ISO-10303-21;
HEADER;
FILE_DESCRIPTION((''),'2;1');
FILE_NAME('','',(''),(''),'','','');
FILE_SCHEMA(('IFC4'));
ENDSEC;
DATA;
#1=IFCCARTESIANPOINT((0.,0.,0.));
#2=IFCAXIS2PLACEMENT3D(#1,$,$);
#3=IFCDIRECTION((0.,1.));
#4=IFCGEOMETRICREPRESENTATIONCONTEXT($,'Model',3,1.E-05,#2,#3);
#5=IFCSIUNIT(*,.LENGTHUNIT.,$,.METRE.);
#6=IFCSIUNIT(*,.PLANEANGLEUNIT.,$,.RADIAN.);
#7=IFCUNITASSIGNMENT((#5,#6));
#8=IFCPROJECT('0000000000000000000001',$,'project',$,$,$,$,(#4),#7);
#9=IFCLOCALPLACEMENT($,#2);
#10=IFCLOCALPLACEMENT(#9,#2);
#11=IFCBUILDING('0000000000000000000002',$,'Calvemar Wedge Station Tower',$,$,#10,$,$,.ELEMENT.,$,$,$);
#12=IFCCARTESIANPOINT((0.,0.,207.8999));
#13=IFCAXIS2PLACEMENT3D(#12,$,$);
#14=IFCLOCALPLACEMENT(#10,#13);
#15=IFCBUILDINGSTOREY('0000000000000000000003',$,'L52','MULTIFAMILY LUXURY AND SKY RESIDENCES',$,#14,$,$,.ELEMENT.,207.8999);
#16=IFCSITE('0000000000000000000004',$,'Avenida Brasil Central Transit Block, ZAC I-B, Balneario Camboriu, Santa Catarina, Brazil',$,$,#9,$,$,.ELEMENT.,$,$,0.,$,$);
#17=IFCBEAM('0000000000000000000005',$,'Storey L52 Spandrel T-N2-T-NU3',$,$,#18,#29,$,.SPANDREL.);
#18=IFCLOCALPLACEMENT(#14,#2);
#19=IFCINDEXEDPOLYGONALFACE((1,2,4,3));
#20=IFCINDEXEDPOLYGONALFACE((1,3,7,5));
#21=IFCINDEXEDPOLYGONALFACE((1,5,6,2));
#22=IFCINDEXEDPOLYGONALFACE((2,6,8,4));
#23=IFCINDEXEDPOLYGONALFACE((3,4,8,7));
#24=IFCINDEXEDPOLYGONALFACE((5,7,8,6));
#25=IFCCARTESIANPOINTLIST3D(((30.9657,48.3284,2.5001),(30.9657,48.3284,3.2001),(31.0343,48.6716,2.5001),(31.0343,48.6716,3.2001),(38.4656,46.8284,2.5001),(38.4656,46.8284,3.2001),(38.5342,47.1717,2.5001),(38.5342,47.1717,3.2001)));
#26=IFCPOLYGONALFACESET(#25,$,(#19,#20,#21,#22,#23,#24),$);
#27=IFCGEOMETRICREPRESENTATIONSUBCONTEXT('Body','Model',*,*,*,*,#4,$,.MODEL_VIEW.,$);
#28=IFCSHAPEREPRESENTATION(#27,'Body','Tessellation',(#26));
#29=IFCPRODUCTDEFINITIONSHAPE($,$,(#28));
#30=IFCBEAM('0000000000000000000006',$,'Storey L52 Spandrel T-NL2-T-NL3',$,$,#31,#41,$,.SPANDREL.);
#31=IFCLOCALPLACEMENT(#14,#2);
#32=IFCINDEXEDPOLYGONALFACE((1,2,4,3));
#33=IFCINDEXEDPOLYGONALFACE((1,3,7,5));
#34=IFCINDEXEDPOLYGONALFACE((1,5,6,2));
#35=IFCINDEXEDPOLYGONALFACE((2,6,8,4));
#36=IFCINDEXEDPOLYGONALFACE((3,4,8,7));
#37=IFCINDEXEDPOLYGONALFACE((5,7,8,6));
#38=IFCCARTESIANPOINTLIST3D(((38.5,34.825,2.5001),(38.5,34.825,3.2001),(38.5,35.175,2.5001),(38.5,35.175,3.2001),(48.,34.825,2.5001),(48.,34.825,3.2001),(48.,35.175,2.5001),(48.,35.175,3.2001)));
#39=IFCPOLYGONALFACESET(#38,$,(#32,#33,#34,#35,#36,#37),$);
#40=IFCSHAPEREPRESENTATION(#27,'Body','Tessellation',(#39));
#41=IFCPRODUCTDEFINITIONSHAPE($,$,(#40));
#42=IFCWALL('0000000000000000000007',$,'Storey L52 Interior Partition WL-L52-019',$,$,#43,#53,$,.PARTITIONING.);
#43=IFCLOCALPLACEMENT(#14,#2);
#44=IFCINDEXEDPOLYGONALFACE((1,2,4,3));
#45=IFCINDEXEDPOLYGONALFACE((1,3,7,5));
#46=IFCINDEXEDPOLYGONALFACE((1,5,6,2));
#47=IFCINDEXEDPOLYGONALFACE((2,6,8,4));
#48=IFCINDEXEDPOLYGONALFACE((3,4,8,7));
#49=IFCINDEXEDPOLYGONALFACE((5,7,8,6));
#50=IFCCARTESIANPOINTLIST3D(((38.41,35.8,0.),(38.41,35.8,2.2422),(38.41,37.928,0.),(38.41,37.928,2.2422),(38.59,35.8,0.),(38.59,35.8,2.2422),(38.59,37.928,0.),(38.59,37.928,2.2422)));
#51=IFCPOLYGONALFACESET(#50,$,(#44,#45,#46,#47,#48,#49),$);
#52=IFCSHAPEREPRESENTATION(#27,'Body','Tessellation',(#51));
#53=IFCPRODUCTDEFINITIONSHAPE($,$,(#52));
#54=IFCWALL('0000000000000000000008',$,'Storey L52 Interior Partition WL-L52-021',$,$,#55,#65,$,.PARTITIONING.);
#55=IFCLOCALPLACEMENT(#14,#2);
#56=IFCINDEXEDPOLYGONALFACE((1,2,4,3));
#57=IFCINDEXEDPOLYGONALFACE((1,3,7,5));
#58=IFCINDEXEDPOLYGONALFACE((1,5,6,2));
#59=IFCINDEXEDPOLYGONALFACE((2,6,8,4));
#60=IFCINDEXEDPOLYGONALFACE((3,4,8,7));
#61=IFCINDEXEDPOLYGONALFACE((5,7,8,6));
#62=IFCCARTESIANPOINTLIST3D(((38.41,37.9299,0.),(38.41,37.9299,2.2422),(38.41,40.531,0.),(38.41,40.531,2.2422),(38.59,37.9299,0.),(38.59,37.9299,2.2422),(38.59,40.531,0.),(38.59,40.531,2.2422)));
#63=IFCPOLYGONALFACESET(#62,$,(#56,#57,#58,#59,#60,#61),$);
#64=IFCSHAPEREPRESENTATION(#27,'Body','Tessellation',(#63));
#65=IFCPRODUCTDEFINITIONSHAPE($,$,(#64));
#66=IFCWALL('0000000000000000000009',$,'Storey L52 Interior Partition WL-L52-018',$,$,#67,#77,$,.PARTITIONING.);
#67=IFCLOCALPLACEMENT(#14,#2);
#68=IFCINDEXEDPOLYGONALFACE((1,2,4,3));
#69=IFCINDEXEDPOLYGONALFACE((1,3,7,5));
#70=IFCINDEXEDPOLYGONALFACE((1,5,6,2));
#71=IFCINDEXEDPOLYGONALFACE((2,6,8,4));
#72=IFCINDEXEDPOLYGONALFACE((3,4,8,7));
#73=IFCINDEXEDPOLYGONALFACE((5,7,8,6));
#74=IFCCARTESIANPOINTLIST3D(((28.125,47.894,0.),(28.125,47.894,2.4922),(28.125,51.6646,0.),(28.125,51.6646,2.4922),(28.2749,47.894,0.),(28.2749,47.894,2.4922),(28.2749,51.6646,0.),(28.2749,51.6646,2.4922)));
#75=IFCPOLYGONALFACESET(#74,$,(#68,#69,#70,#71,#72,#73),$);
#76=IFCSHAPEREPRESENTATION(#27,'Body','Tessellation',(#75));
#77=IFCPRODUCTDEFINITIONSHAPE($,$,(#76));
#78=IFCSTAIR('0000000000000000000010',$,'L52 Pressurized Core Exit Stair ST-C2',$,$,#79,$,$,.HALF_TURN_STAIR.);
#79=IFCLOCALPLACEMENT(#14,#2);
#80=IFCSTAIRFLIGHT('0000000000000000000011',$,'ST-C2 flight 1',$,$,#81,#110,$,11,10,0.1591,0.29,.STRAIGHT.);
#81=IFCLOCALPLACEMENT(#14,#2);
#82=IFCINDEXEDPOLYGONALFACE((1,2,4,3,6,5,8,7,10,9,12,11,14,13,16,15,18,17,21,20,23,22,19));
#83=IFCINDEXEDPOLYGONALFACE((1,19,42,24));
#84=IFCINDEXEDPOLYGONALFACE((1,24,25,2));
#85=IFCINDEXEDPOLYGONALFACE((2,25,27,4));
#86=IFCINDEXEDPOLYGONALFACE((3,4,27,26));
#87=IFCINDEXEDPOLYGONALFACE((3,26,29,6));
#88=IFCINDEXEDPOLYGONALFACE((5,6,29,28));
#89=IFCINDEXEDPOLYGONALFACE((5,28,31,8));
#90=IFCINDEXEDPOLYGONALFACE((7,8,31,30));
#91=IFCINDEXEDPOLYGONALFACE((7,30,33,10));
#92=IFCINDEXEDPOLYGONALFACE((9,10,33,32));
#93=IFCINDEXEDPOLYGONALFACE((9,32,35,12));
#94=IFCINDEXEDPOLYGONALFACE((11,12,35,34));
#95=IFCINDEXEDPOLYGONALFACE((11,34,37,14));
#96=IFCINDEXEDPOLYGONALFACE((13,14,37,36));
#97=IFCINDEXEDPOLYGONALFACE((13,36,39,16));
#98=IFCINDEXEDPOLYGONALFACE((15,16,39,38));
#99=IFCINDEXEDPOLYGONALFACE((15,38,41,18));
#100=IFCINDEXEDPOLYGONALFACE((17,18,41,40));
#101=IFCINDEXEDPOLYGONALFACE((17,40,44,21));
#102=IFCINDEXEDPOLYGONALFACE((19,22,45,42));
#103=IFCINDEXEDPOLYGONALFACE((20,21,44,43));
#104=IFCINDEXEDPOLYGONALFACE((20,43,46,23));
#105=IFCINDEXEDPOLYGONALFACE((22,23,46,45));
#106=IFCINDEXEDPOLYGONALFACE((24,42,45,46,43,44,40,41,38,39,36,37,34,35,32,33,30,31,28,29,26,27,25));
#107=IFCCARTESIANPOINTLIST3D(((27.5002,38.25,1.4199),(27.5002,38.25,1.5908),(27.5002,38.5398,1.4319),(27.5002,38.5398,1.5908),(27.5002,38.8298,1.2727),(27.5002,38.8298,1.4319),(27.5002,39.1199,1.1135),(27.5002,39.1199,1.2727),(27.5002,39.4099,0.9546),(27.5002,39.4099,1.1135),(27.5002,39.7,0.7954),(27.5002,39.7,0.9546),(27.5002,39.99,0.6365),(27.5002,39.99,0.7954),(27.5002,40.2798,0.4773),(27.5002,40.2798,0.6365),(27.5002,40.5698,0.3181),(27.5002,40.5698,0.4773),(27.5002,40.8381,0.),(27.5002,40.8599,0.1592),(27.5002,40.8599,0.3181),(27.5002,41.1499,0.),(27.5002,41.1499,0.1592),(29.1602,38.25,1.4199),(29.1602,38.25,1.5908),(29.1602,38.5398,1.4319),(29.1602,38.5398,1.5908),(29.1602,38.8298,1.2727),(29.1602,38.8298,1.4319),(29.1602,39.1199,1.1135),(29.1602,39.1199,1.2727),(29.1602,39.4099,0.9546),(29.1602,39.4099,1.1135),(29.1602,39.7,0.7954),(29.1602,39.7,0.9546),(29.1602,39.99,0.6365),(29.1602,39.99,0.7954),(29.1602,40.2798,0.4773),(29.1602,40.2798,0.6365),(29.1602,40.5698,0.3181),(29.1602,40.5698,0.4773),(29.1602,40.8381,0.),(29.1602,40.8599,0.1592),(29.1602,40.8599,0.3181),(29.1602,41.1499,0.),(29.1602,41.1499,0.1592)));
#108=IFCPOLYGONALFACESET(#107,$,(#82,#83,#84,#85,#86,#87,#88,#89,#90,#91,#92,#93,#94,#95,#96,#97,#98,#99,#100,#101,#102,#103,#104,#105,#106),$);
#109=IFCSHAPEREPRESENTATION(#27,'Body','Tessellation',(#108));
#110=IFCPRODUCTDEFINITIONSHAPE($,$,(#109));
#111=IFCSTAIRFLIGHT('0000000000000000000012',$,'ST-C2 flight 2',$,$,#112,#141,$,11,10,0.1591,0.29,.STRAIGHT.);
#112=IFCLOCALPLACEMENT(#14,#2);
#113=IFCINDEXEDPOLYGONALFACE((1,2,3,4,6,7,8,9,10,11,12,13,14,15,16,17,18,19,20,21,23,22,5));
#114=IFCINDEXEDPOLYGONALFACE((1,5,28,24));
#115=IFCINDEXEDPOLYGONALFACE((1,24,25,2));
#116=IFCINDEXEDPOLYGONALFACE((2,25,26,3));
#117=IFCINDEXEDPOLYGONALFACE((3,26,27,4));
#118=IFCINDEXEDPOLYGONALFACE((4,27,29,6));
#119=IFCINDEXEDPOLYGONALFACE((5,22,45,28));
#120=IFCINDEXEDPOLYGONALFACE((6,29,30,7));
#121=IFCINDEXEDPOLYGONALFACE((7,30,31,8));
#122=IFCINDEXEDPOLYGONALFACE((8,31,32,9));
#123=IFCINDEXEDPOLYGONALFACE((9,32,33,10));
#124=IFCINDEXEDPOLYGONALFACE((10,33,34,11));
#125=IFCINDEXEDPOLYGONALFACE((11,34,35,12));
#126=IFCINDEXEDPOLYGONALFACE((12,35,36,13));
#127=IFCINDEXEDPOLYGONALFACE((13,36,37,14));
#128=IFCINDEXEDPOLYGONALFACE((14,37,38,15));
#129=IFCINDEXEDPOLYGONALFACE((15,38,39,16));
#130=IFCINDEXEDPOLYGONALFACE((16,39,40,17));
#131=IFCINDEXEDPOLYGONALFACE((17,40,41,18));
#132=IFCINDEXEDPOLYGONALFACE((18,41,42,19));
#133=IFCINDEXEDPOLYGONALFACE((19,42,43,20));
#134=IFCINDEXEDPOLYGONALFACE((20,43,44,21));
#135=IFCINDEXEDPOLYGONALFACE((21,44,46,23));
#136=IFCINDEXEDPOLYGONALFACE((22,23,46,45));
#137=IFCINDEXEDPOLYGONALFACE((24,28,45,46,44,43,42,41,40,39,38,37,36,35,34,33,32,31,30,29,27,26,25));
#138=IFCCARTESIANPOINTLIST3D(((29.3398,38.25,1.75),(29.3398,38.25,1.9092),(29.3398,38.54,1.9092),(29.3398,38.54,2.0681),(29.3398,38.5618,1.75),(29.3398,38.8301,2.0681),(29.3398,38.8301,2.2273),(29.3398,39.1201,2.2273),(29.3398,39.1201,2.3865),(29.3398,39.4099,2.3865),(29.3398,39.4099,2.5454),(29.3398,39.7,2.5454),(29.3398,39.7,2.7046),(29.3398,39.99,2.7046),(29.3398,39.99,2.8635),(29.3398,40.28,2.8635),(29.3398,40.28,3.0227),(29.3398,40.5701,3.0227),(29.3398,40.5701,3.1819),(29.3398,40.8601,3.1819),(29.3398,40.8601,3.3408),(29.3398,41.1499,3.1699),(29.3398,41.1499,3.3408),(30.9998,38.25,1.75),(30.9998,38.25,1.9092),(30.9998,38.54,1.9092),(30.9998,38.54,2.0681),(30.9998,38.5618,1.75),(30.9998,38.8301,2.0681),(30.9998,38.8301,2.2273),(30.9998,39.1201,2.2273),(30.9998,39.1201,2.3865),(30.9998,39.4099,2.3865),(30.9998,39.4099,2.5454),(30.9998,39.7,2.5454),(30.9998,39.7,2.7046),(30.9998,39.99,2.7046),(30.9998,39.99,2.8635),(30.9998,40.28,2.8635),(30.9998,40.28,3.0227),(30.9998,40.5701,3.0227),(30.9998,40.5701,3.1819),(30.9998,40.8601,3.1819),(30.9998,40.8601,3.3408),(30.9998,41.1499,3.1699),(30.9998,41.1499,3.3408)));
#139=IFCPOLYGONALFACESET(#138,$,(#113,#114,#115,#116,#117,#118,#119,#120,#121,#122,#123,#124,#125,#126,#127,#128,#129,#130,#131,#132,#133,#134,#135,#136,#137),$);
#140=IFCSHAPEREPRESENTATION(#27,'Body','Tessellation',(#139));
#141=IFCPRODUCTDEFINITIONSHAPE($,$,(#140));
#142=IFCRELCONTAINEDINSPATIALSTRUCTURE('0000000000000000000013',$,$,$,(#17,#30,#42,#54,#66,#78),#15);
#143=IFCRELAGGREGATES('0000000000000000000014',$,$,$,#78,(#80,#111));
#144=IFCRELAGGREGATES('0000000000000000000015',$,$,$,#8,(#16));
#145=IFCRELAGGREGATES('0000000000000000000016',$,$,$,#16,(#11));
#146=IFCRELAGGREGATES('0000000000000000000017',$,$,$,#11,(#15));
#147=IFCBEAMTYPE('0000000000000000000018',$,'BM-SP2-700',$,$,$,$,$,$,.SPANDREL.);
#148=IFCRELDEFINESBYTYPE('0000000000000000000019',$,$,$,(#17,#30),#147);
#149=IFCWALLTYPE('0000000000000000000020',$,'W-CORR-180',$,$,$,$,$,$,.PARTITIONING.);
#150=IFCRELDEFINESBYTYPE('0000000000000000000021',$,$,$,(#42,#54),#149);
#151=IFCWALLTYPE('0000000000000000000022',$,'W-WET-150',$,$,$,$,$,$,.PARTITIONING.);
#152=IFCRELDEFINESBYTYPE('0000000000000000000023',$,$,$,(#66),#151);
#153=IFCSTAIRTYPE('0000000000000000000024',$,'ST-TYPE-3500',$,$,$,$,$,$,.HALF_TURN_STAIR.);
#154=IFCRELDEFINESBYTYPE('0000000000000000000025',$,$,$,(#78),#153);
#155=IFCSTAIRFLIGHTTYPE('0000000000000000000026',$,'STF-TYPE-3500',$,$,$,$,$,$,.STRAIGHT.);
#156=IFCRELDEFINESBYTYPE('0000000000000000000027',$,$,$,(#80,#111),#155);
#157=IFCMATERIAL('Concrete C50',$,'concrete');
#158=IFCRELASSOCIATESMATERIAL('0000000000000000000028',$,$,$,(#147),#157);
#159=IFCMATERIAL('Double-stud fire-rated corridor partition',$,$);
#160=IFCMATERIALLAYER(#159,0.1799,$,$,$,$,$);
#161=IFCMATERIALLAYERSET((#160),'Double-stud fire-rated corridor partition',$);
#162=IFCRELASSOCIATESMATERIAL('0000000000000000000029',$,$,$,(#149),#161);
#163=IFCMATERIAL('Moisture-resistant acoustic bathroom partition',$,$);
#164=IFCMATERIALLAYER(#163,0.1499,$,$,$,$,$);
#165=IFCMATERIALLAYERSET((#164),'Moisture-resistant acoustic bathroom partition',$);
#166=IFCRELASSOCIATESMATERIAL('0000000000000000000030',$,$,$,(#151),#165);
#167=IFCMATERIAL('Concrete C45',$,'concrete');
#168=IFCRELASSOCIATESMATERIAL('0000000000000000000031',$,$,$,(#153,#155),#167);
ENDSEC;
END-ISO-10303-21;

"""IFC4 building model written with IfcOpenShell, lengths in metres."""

from ifc_helpers import new_model, si_unit, direction, frame, frame_2d, origin, origin_2d, place, context, subcontext, project, spatial, polyline, rectangle, outline, extrude, source, transform, mapped, material, layer, layer_set, material_profile, profile_set, type_object, element, aggregate, save


model = new_model("IFC4")

# Units and contexts
model_context = context("Model", 3, precision=1e-05, world=origin(), true_north=direction((0.0, 1.0)))
body_context = subcontext(model_context, "Body", "Model", "MODEL_VIEW")
ifc_project = project(units=[si_unit("LENGTHUNIT", "METRE"), si_unit("PLANEANGLEUNIT", "RADIAN")], contexts=[model_context])

# Site, building, storey
site_placement = place(None, origin())
site = spatial("IfcSite", under=ifc_project, at=site_placement, Name="Avenida Brasil Central Transit Block, ZAC I-B, Balneario Camboriu, Santa Catarina, Brazil", CompositionType="ELEMENT", RefElevation=0.0)
building_placement = place(site_placement, origin())
building = spatial("IfcBuilding", under=site, at=building_placement, Name="Calvemar Wedge Station Tower", CompositionType="ELEMENT")
storey_placement = place(building_placement, frame((0.0, 0.0, 207.8999)))
storey = spatial("IfcBuildingStorey", under=building, at=storey_placement, Name="L52", Description="MULTIFAMILY LUXURY AND SKY RESIDENCES", CompositionType="ELEMENT", Elevation=207.8999)

# Shared definitions
ifc_material_1 = material(Name="Concrete C50", Category="concrete")

# Beams
ifc_material_profile_1 = material_profile(ifc_material_1, rectangle(XDim=0.3501, YDim=0.7, at=origin_2d()), Name="RC350x700")
ifc_profile_set_1 = profile_set([ifc_material_profile_1], Name="Concrete C50")
beam_type_1 = type_object("IfcBeamType", Name="BM-SP2-700", PredefinedType="SPANDREL", material=ifc_profile_set_1)
shared_shape_1 = source(origin(), body_context, "Body", "SweptSolid", [
    extrude(rectangle(XDim=0.3501, YDim=0.7, at=origin_2d()), origin(), (0.0, 0.0, 1.0), 7.6484),
])
beam_1_placement = place(storey_placement, frame((31.0, 48.5, 2.8501), z_axis=(0.980581, -0.196116, 0.0), x_axis=(0.196116, 0.980581, 0.0)))
element("IfcBeam", 1, at=beam_1_placement, inside=storey, type_object=beam_type_1, Name="Storey L52 Spandrel T-N2-T-NU3", PredefinedType="SPANDREL", context=body_context, shape_type="MappedRepresentation", body=[
    mapped(shared_shape_1, transform((0.0, 0.0, 0.0), scale=1.0)),
])
shared_shape_2 = source(origin(), body_context, "Body", "SweptSolid", [
    extrude(rectangle(XDim=0.3501, YDim=0.7, at=origin_2d()), origin(), (0.0, 0.0, 1.0), 9.5),
])
beam_2_placement = place(storey_placement, frame((38.5, 35.0, 2.8501), z_axis=(1.0, 0.0, 0.0), x_axis=(0.0, 1.0, 0.0)))
element("IfcBeam", 2, at=beam_2_placement, inside=storey, type_object=beam_type_1, Name="Storey L52 Spandrel T-NL2-T-NL3", PredefinedType="SPANDREL", context=body_context, shape_type="MappedRepresentation", body=[
    mapped(shared_shape_2, transform((0.0, 0.0, 0.0), scale=1.0)),
])

# Shared definitions
ifc_material_2 = material(Name="Double-stud fire-rated corridor partition")
ifc_layer_1 = layer(ifc_material_2, 0.1799)
ifc_layer_set_1 = layer_set([ifc_layer_1], Name="Double-stud fire-rated corridor partition")
wall_type_1 = type_object("IfcWallType", Name="W-CORR-180", PredefinedType="PARTITIONING", material=ifc_layer_set_1)

# Walls
wall_1_placement = place(storey_placement, frame((38.5, 37.928, 0.0), z_axis=(0.0, 0.0, 1.0), x_axis=(0.0, -1.0, 0.0)))
element("IfcWall", 3, at=wall_1_placement, inside=storey, type_object=wall_type_1, Name="Storey L52 Interior Partition WL-L52-019", PredefinedType="PARTITIONING", context=body_context, shape_type="SweptSolid", body=[
    extrude(rectangle(XDim=2.1279, YDim=0.1799, at=frame_2d((1.064, 0.0))), origin(), (0.0, 0.0, 1.0), 2.2422),
])
wall_2_placement = place(storey_placement, frame((38.5, 40.531, 0.0), z_axis=(0.0, 0.0, 1.0), x_axis=(0.0, -1.0, 0.0)))
element("IfcWall", 4, at=wall_2_placement, inside=storey, type_object=wall_type_1, Name="Storey L52 Interior Partition WL-L52-021", PredefinedType="PARTITIONING", context=body_context, shape_type="SweptSolid", body=[
    extrude(rectangle(XDim=2.6011, YDim=0.1799, at=frame_2d((1.3005, 0.0))), origin(), (0.0, 0.0, 1.0), 2.2422),
])
ifc_material_3 = material(Name="Moisture-resistant acoustic bathroom partition")
ifc_layer_2 = layer(ifc_material_3, 0.1499)
ifc_layer_set_2 = layer_set([ifc_layer_2], Name="Moisture-resistant acoustic bathroom partition")
wall_type_2 = type_object("IfcWallType", Name="W-WET-150", PredefinedType="PARTITIONING", material=ifc_layer_set_2)
wall_3_placement = place(storey_placement, frame((28.2, 51.6646, 0.0), z_axis=(0.0, 0.0, 1.0), x_axis=(0.0, -1.0, 0.0)))
element("IfcWall", 5, at=wall_3_placement, inside=storey, type_object=wall_type_2, Name="Storey L52 Interior Partition WL-L52-018", PredefinedType="PARTITIONING", context=body_context, shape_type="SweptSolid", body=[
    extrude(rectangle(XDim=3.7705, YDim=0.1499, at=frame_2d((1.8853, 0.0))), origin(), (0.0, 0.0, 1.0), 2.4922),
])

# Stair, stair flights
ifc_material_4 = material(Name="Concrete C45", Category="concrete")
stair_type = type_object("IfcStairType", Name="ST-TYPE-3500", PredefinedType="HALF_TURN_STAIR", material=ifc_material_4)
stair_placement = place(storey_placement, origin())
stair = element("IfcStair", 6, at=stair_placement, inside=storey, type_object=stair_type, Name="L52 Pressurized Core Exit Stair ST-C2", PredefinedType="HALF_TURN_STAIR")
stair_flight_type = type_object("IfcStairFlightType", Name="STF-TYPE-3500", PredefinedType="STRAIGHT", material=ifc_material_4)
stair_flight_1_placement = place(storey_placement, frame((28.3301, 41.1499, 0.0), z_axis=(0.0, 0.0, 1.0), x_axis=(0.0, -1.0, 0.0)))
stair_flight_1 = element("IfcStairFlight", 7, at=stair_flight_1_placement, type_object=stair_flight_type, Name="ST-C2 flight 1", NumberOfRisers=11, NumberOfTreads=10, PredefinedType="STRAIGHT", RiserHeight=0.1591, TreadLength=0.29, context=body_context, shape_type="SweptSolid", body=[
    extrude(outline(polyline([(0.0, 0.0), (0.0, 0.1592), (0.29, 0.1592), (0.29, 0.3181), (0.5801, 0.3181), (0.5801, 0.4773), (0.8701, 0.4773), (0.8701, 0.6365), (1.1599, 0.6365), (1.1599, 0.7954), (1.45, 0.7954), (1.45, 0.9546), (1.74, 0.9546), (1.74, 1.1135), (2.03, 1.1135), (2.03, 1.2727), (2.3201, 1.2727), (2.3201, 1.4319), (2.6101, 1.4319), (2.6101, 1.5908), (2.8999, 1.5908), (2.8999, 1.75), (2.8999, 1.4199), (0.3118, 0.0), (0.0, 0.0)])), frame((0.0, 0.8301, 0.0), z_axis=(0.0, -1.0, 0.0), x_axis=(1.0, 0.0, 0.0)), (0.0, 0.0, 1.0), 1.6599),
])
stair_flight_2_placement = place(storey_placement, frame((30.1699, 38.25, 1.75), z_axis=(0.0, 0.0, 1.0), x_axis=(0.0, 1.0, 0.0)))
stair_flight_2 = element("IfcStairFlight", 8, at=stair_flight_2_placement, type_object=stair_flight_type, Name="ST-C2 flight 2", NumberOfRisers=11, NumberOfTreads=10, PredefinedType="STRAIGHT", RiserHeight=0.1591, TreadLength=0.29, context=body_context, shape_type="SweptSolid", body=[
    extrude(outline(polyline([(0.0, 0.0), (0.0, 0.1592), (0.29, 0.1592), (0.29, 0.3181), (0.5801, 0.3181), (0.5801, 0.4773), (0.8701, 0.4773), (0.8701, 0.6365), (1.1599, 0.6365), (1.1599, 0.7954), (1.45, 0.7954), (1.45, 0.9546), (1.74, 0.9546), (1.74, 1.1135), (2.03, 1.1135), (2.03, 1.2727), (2.3201, 1.2727), (2.3201, 1.4319), (2.6101, 1.4319), (2.6101, 1.5908), (2.8999, 1.5908), (2.8999, 1.75), (2.8999, 1.4199), (0.3118, 0.0), (0.0, 0.0)])), frame((0.0, 0.8301, 0.0), z_axis=(0.0, -1.0, 0.0), x_axis=(1.0, 0.0, 0.0)), (0.0, 0.0, 1.0), 1.6599),
])
aggregate(stair, [stair_flight_1, stair_flight_2])

save(model, "model.ifc")
